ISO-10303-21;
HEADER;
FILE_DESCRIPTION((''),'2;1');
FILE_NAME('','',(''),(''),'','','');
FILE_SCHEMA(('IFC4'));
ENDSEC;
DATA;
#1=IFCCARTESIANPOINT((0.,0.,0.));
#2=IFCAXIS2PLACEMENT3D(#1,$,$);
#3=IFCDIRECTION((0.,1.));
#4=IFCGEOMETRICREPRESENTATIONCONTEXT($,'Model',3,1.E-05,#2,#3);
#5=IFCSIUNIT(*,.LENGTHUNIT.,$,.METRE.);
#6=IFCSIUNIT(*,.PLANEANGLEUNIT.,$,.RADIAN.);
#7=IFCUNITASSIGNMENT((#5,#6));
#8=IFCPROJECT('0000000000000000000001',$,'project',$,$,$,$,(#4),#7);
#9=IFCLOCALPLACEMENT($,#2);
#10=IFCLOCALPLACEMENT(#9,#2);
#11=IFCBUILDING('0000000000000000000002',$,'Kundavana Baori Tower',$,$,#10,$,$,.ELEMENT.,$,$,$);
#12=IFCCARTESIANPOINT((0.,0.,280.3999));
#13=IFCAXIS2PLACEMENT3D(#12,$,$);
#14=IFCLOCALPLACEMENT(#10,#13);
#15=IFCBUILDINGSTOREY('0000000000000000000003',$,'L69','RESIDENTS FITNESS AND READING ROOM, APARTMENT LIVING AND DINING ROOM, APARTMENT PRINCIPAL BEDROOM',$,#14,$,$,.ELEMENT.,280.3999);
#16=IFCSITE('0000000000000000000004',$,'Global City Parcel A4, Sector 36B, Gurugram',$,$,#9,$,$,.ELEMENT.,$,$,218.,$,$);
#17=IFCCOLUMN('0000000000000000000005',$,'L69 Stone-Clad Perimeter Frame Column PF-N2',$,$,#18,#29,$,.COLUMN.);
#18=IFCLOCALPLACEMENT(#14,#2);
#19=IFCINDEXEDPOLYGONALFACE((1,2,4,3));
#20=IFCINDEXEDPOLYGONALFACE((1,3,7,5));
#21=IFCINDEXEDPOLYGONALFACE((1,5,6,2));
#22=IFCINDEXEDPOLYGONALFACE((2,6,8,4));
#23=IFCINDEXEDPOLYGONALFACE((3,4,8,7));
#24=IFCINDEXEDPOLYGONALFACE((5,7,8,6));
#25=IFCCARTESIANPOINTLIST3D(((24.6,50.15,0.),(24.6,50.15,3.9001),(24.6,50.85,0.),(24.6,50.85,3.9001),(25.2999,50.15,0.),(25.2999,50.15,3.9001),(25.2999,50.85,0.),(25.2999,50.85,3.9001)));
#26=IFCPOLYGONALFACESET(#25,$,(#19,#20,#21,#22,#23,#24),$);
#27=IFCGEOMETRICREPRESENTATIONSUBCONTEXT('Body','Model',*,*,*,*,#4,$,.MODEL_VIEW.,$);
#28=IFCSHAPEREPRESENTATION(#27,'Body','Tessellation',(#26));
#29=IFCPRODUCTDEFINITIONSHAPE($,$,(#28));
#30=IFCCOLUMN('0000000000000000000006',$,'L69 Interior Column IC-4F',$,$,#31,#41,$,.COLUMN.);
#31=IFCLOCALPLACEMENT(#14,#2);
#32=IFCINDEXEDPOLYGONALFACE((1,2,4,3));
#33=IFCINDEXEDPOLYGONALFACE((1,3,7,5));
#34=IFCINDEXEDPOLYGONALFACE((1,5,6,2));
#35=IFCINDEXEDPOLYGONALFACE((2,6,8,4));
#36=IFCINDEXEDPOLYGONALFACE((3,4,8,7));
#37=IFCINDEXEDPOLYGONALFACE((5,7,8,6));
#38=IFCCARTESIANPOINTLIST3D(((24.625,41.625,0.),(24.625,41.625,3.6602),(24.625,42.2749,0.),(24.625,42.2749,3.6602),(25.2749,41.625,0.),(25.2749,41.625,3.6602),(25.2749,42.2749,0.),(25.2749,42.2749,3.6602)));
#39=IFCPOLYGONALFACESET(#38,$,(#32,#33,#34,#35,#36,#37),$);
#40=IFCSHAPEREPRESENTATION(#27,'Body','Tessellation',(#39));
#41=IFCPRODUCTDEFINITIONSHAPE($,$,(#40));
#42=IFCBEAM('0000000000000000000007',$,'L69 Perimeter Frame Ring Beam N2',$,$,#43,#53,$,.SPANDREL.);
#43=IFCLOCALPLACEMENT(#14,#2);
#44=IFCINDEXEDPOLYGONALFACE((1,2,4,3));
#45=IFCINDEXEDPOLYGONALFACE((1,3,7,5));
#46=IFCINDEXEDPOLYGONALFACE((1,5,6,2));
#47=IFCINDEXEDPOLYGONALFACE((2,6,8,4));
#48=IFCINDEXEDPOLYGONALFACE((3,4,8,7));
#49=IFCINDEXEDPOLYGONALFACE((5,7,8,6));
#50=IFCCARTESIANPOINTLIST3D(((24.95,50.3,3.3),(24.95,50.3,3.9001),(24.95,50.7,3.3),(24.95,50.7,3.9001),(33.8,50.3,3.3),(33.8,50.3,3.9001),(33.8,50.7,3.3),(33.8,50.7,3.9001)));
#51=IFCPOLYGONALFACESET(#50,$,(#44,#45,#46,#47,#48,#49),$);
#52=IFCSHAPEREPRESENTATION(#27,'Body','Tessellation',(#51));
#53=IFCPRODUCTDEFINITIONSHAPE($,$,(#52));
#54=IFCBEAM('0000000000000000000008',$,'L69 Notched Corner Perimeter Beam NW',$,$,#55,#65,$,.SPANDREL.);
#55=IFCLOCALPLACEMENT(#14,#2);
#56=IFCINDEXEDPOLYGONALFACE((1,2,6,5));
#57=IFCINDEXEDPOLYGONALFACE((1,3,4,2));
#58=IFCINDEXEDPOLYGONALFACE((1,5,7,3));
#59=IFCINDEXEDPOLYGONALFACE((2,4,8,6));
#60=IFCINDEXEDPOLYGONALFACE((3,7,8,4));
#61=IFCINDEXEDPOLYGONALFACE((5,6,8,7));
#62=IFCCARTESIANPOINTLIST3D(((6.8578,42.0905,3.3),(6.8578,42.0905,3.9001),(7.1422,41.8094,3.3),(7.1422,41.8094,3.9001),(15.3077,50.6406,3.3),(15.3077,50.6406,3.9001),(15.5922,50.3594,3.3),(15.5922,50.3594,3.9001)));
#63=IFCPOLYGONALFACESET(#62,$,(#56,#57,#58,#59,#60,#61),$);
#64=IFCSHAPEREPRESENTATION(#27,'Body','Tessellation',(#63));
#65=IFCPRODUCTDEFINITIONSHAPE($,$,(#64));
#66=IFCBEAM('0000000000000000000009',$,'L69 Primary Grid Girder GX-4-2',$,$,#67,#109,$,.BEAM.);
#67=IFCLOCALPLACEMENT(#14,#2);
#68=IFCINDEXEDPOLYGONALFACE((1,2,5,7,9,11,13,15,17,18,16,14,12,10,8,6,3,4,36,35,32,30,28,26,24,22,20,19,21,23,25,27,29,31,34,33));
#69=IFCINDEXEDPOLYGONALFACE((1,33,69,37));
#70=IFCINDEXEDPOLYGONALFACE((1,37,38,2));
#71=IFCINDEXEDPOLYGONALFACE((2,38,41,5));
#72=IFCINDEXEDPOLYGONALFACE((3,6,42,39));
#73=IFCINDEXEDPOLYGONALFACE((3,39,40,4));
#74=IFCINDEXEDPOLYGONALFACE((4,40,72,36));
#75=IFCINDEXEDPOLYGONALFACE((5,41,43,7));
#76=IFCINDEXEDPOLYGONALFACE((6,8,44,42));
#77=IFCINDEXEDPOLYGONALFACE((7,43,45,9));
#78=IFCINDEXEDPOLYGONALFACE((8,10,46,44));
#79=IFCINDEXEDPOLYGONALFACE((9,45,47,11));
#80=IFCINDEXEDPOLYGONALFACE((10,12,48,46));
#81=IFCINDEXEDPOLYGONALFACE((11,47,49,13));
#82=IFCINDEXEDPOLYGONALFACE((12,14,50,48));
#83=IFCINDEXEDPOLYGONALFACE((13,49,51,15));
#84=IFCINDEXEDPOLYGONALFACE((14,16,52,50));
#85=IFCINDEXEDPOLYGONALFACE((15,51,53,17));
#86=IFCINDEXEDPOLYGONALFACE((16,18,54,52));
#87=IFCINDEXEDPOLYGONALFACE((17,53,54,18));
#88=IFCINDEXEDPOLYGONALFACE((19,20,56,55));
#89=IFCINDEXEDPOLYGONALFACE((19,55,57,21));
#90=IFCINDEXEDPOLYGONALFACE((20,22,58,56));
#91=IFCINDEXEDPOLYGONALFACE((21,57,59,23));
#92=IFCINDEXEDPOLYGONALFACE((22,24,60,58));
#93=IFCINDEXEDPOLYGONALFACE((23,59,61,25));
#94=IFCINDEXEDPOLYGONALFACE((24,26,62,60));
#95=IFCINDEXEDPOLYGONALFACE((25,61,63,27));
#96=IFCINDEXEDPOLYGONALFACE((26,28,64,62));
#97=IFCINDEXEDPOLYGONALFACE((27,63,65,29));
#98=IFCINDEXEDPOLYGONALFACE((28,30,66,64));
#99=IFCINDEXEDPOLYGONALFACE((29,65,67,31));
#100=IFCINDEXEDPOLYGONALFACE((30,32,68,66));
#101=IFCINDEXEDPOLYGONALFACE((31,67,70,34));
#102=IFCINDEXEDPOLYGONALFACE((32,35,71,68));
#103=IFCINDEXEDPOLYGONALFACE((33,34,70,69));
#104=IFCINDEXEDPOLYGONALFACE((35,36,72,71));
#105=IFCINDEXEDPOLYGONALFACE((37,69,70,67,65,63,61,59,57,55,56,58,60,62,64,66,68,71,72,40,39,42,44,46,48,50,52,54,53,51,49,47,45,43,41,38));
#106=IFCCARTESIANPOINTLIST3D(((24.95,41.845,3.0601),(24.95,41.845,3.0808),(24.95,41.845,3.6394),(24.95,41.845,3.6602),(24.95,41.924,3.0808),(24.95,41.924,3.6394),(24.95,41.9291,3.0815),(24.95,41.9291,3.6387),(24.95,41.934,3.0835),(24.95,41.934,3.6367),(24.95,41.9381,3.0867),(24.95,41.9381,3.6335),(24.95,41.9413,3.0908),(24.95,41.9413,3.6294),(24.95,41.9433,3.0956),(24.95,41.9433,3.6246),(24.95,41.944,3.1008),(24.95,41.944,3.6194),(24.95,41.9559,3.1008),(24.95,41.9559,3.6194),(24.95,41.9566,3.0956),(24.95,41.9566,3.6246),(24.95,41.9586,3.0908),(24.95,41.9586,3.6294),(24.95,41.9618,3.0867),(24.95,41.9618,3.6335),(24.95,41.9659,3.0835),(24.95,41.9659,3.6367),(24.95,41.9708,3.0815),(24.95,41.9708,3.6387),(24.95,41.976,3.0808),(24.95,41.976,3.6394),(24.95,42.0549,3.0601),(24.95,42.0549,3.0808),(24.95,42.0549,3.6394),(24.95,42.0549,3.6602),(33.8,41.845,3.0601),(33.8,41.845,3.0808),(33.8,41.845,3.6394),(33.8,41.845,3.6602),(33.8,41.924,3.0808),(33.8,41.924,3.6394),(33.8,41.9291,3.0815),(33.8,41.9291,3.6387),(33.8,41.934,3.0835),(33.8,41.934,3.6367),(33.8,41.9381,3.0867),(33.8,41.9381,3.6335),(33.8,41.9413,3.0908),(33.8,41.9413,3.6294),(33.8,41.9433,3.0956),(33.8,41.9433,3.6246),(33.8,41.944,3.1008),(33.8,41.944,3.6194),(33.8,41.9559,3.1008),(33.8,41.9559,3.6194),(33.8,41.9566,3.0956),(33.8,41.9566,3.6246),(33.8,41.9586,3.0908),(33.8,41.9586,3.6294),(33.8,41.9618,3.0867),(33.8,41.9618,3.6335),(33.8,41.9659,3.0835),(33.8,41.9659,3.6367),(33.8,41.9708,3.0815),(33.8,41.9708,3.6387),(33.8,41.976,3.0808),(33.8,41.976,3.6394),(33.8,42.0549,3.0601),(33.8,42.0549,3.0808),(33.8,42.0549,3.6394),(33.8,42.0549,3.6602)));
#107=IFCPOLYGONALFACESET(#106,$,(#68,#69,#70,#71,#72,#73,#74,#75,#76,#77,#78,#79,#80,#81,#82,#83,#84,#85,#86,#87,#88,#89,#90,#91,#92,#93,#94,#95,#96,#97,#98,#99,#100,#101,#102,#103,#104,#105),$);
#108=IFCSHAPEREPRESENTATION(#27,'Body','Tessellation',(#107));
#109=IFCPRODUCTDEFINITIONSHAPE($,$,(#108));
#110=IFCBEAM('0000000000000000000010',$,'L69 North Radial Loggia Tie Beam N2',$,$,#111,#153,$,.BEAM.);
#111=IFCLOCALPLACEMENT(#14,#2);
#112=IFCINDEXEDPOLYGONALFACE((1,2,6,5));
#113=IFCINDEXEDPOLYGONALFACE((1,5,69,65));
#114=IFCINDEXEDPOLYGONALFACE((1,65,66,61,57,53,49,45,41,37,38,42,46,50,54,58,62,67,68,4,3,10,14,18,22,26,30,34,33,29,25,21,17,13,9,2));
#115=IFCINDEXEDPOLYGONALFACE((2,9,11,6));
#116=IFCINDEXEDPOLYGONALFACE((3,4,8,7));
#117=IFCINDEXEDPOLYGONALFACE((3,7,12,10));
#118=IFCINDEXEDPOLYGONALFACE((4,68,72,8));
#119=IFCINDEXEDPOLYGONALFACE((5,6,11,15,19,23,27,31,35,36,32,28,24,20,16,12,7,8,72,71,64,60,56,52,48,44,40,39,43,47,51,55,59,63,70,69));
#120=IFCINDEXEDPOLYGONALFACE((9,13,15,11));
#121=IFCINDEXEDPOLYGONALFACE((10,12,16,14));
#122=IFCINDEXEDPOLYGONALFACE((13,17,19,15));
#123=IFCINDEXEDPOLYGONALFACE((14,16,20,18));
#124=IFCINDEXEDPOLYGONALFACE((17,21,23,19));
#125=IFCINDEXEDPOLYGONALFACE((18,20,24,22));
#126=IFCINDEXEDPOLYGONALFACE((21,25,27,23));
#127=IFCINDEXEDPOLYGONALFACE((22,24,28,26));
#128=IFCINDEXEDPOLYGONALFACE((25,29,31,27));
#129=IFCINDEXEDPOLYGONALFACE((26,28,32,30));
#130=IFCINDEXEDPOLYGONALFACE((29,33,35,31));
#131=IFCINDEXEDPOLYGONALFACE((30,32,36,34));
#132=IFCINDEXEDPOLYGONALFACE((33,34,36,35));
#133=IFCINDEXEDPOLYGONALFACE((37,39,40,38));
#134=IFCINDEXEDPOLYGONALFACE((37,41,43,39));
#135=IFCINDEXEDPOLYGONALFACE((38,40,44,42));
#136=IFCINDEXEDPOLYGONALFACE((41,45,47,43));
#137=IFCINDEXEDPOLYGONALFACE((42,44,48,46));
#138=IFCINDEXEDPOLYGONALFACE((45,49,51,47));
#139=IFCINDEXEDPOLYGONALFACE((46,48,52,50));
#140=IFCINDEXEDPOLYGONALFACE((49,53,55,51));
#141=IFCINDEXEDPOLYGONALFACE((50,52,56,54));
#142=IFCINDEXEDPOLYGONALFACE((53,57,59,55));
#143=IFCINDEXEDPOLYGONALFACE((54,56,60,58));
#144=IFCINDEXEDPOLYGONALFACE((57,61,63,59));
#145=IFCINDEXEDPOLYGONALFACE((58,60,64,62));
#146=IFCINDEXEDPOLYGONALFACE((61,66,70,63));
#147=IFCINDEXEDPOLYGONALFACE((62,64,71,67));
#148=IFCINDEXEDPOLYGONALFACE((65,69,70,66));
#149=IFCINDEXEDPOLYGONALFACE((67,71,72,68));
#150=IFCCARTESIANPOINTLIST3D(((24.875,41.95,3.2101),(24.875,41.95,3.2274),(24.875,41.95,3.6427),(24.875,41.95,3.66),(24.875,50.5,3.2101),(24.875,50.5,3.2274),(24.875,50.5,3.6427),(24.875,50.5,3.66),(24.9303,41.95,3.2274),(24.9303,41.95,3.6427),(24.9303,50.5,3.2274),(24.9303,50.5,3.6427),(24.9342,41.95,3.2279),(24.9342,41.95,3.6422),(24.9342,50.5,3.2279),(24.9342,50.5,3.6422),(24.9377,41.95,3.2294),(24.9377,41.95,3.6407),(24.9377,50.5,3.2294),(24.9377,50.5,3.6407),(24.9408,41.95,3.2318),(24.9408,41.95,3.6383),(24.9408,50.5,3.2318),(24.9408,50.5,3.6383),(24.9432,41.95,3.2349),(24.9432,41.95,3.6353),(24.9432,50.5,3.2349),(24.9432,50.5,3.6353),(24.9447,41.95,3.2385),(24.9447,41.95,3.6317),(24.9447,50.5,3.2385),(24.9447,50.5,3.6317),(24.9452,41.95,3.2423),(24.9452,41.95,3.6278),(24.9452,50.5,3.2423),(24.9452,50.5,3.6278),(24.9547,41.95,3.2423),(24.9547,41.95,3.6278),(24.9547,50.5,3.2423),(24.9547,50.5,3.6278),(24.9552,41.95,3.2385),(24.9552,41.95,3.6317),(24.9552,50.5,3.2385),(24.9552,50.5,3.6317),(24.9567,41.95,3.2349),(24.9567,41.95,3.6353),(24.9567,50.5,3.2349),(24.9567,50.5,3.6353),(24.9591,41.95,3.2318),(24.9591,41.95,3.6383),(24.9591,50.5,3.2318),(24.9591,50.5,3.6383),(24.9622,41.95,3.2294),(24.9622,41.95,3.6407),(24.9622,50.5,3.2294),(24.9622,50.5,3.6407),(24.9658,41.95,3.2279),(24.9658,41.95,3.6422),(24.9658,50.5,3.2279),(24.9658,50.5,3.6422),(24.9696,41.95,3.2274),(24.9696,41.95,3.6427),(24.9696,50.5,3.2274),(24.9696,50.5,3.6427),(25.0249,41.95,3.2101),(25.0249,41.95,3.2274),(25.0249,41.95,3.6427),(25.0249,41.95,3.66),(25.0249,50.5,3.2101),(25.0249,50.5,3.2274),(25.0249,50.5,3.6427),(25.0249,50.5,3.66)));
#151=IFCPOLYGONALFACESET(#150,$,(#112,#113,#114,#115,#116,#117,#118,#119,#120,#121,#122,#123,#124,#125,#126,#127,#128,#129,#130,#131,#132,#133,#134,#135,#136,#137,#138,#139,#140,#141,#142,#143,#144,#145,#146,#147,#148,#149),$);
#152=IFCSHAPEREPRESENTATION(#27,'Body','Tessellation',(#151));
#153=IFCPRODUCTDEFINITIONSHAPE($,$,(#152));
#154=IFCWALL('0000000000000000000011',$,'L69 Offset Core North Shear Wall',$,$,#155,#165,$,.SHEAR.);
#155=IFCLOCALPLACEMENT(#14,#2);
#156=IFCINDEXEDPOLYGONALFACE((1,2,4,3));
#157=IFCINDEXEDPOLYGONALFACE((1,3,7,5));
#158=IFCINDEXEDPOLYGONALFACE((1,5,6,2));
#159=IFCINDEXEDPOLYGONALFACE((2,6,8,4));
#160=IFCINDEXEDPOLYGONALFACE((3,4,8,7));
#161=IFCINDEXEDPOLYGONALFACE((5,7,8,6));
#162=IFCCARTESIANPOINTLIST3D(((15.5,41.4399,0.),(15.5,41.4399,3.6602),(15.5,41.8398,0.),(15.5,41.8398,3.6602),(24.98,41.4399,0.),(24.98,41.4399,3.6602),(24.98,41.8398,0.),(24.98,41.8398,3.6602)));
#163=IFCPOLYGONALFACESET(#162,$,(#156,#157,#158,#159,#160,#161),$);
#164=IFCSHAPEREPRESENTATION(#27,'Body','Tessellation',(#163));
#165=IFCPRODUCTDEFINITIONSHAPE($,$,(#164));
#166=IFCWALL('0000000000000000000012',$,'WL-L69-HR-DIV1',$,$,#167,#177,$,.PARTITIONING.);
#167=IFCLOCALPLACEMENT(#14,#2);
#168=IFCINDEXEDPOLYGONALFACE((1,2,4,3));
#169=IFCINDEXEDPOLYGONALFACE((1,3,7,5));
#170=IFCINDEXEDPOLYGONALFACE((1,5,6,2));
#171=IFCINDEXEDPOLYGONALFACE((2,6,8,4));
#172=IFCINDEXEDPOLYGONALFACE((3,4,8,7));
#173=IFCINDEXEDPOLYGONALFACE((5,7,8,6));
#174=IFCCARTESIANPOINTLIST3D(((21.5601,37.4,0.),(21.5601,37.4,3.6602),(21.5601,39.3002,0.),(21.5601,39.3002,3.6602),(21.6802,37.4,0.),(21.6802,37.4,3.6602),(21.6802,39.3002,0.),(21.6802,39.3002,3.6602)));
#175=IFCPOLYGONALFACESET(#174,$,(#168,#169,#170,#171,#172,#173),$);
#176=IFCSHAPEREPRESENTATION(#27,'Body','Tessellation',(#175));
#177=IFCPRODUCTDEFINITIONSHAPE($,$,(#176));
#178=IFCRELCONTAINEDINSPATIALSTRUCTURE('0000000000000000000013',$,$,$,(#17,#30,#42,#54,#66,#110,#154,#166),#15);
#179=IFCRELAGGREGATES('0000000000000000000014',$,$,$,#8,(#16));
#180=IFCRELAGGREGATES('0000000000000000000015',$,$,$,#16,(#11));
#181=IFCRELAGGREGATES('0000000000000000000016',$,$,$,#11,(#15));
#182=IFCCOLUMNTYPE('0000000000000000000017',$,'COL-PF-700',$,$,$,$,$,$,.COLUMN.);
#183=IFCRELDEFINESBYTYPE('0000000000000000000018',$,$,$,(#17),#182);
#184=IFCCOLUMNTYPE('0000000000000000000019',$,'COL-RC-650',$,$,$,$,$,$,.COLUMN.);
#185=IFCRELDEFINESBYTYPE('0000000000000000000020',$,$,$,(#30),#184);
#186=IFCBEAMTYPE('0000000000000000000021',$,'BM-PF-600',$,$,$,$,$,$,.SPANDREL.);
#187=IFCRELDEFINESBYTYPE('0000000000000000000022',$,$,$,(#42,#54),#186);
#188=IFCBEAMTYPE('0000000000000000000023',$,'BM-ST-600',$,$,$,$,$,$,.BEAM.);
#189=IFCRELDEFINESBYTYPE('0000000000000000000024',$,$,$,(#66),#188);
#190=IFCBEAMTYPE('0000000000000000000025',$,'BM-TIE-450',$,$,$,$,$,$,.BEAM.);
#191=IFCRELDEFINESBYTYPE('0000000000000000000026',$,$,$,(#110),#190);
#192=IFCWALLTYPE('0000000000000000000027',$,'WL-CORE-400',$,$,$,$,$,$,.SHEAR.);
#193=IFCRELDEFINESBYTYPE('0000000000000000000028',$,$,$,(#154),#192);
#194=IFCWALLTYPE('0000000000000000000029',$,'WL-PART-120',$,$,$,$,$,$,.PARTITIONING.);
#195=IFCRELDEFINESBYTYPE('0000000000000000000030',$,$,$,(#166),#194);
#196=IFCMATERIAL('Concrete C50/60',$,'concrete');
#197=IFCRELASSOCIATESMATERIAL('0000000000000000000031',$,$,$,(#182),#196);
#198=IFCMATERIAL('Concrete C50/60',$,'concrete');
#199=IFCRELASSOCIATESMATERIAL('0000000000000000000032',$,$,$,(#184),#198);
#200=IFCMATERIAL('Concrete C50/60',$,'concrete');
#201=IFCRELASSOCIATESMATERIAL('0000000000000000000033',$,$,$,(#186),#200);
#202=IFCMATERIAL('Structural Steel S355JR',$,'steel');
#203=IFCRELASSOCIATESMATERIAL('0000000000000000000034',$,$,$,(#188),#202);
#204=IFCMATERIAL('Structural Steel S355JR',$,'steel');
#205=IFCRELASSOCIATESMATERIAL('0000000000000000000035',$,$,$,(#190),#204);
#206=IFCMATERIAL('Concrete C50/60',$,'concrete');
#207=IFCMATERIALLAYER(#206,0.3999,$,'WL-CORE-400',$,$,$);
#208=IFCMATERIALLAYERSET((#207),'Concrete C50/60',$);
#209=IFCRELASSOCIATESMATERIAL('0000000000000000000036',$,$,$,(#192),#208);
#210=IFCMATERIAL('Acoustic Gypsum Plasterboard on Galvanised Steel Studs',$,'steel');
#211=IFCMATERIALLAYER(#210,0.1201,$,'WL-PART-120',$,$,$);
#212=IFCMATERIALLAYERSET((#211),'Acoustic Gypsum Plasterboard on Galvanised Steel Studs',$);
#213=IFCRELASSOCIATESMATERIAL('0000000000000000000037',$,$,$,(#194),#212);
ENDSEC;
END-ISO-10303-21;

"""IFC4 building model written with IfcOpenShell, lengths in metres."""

from ifc_helpers import new_model, si_unit, direction, frame, frame_2d, origin, origin_2d, place, context, subcontext, project, spatial, rectangle, i_section, extrude, material, layer, layer_set, material_profile, profile_set, type_object, element, save


model = new_model("IFC4")

# Units and contexts
model_context = context("Model", 3, precision=1e-05, world=origin(), true_north=direction((0.0, 1.0)))
body_context = subcontext(model_context, "Body", "Model", "MODEL_VIEW")
ifc_project = project(units=[si_unit("LENGTHUNIT", "METRE"), si_unit("PLANEANGLEUNIT", "RADIAN")], contexts=[model_context])

# Site, building, storey
site_placement = place(None, origin())
site = spatial("IfcSite", under=ifc_project, at=site_placement, Name="Global City Parcel A4, Sector 36B, Gurugram", CompositionType="ELEMENT", RefElevation=218.0)
building_placement = place(site_placement, origin())
building = spatial("IfcBuilding", under=site, at=building_placement, Name="Kundavana Baori Tower", CompositionType="ELEMENT")
storey_placement = place(building_placement, frame((0.0, 0.0, 280.3999)))
storey = spatial("IfcBuildingStorey", under=building, at=storey_placement, Name="L69", Description="RESIDENTS FITNESS AND READING ROOM, APARTMENT LIVING AND DINING ROOM, APARTMENT PRINCIPAL BEDROOM", CompositionType="ELEMENT", Elevation=280.3999)

# Columns
ifc_material_1 = material(Name="Concrete C50/60", Category="concrete")
ifc_material_profile_1 = material_profile(ifc_material_1, rectangle(XDim=0.7, YDim=0.7, at=origin_2d()), Name="RC PF 700x700")
ifc_profile_set_1 = profile_set([ifc_material_profile_1], Name="Concrete C50/60")
column_type_1 = type_object("IfcColumnType", Name="COL-PF-700", PredefinedType="COLUMN", material=ifc_profile_set_1)
column_1_placement = place(storey_placement, frame((24.95, 50.5, 0.0), z_axis=(0.0, 0.0, 1.0), x_axis=(1.0, 0.0, 0.0)))
element("IfcColumn", 1, at=column_1_placement, inside=storey, type_object=column_type_1, Name="L69 Stone-Clad Perimeter Frame Column PF-N2", PredefinedType="COLUMN", context=body_context, shape_type="SweptSolid", body=[
    extrude(rectangle(XDim=0.7, YDim=0.7, at=origin_2d()), origin(), (0.0, 0.0, 1.0), 3.9001),
])
ifc_material_2 = material(Name="Concrete C50/60", Category="concrete")
ifc_material_profile_2 = material_profile(ifc_material_2, rectangle(XDim=0.6499, YDim=0.6499, at=origin_2d()), Name="RC 650x650")
ifc_profile_set_2 = profile_set([ifc_material_profile_2], Name="Concrete C50/60")
column_type_2 = type_object("IfcColumnType", Name="COL-RC-650", PredefinedType="COLUMN", material=ifc_profile_set_2)
column_2_placement = place(storey_placement, frame((24.95, 41.95, 0.0), z_axis=(0.0, 0.0, 1.0), x_axis=(1.0, 0.0, 0.0)))
element("IfcColumn", 2, at=column_2_placement, inside=storey, type_object=column_type_2, Name="L69 Interior Column IC-4F", PredefinedType="COLUMN", context=body_context, shape_type="SweptSolid", body=[
    extrude(rectangle(XDim=0.6499, YDim=0.6499, at=origin_2d()), origin(), (0.0, 0.0, 1.0), 3.6602),
])

# Beams
ifc_material_3 = material(Name="Concrete C50/60", Category="concrete")
ifc_material_profile_3 = material_profile(ifc_material_3, rectangle(XDim=0.3999, YDim=0.6001, at=origin_2d()), Name="RC BM 400x600")
ifc_profile_set_3 = profile_set([ifc_material_profile_3], Name="Concrete C50/60")
beam_type_1 = type_object("IfcBeamType", Name="BM-PF-600", PredefinedType="SPANDREL", material=ifc_profile_set_3)
beam_1_placement = place(storey_placement, frame((24.95, 50.5, 3.6001), z_axis=(1.0, 0.0, 0.0), x_axis=(0.0, 1.0, 0.0)))
element("IfcBeam", 3, at=beam_1_placement, inside=storey, type_object=beam_type_1, Name="L69 Perimeter Frame Ring Beam N2", PredefinedType="SPANDREL", context=body_context, shape_type="SweptSolid", body=[
    extrude(rectangle(XDim=0.3999, YDim=0.6001, at=origin_2d()), origin(), (0.0, 0.0, 1.0), 8.8501),
])
beam_2_placement = place(storey_placement, frame((15.45, 50.5, 3.6001), z_axis=(-0.702931, -0.711258, 0.0), x_axis=(0.711258, -0.702931, 0.0)))
element("IfcBeam", 4, at=beam_2_placement, inside=storey, type_object=beam_type_1, Name="L69 Notched Corner Perimeter Beam NW", PredefinedType="SPANDREL", context=body_context, shape_type="SweptSolid", body=[
    extrude(rectangle(XDim=0.3999, YDim=0.6001, at=origin_2d()), origin(), (0.0, 0.0, 1.0), 12.021),
])
ifc_material_4 = material(Name="Structural Steel S355JR", Category="steel")
ifc_material_profile_4 = material_profile(ifc_material_4, i_section(OverallWidth=0.21, OverallDepth=0.6001, WebThickness=0.012, FlangeThickness=0.0208, FilletRadius=0.02, at=origin_2d()), Name="ISMB 600")
ifc_profile_set_4 = profile_set([ifc_material_profile_4], Name="Structural Steel S355JR")
beam_type_2 = type_object("IfcBeamType", Name="BM-ST-600", PredefinedType="BEAM", material=ifc_profile_set_4)
beam_3_placement = place(storey_placement, frame((24.95, 41.95, 3.3601), z_axis=(1.0, 0.0, 0.0), x_axis=(0.0, 1.0, 0.0)))
element("IfcBeam", 5, at=beam_3_placement, inside=storey, type_object=beam_type_2, Name="L69 Primary Grid Girder GX-4-2", PredefinedType="BEAM", context=body_context, shape_type="SweptSolid", body=[
    extrude(i_section(OverallWidth=0.21, OverallDepth=0.6001, WebThickness=0.012, FlangeThickness=0.0208, FilletRadius=0.02, at=origin_2d()), origin(), (0.0, 0.0, 1.0), 8.8501),
])
ifc_material_5 = material(Name="Structural Steel S355JR", Category="steel")
ifc_material_profile_5 = material_profile(ifc_material_5, i_section(OverallWidth=0.1499, OverallDepth=0.45, WebThickness=0.0095, FlangeThickness=0.0173, FilletRadius=0.0149, at=origin_2d()), Name="ISMB 450")
ifc_profile_set_5 = profile_set([ifc_material_profile_5], Name="Structural Steel S355JR")
beam_type_3 = type_object("IfcBeamType", Name="BM-TIE-450", PredefinedType="BEAM", material=ifc_profile_set_5)
beam_4_placement = place(storey_placement, frame((24.95, 41.95, 3.4351), z_axis=(0.0, 1.0, 0.0), x_axis=(-1.0, 0.0, 0.0)))
element("IfcBeam", 6, at=beam_4_placement, inside=storey, type_object=beam_type_3, Name="L69 North Radial Loggia Tie Beam N2", PredefinedType="BEAM", context=body_context, shape_type="SweptSolid", body=[
    extrude(i_section(OverallWidth=0.1499, OverallDepth=0.45, WebThickness=0.0095, FlangeThickness=0.0173, FilletRadius=0.0149, at=origin_2d()), origin(), (0.0, 0.0, 1.0), 8.55),
])

# Walls
ifc_material_6 = material(Name="Concrete C50/60", Category="concrete")
ifc_layer_1 = layer(ifc_material_6, 0.3999, Name="WL-CORE-400")
ifc_layer_set_1 = layer_set([ifc_layer_1], Name="Concrete C50/60")
wall_type_1 = type_object("IfcWallType", Name="WL-CORE-400", PredefinedType="SHEAR", material=ifc_layer_set_1)
wall_1_placement = place(storey_placement, frame((15.5, 41.6399, 0.0), z_axis=(0.0, 0.0, 1.0), x_axis=(1.0, 0.0, 0.0)))
element("IfcWall", 7, at=wall_1_placement, inside=storey, type_object=wall_type_1, Name="L69 Offset Core North Shear Wall", PredefinedType="SHEAR", context=body_context, shape_type="SweptSolid", body=[
    extrude(rectangle(XDim=9.48, YDim=0.3999, at=frame_2d((4.74, 0.0))), origin(), (0.0, 0.0, 1.0), 3.6602),
])
ifc_material_7 = material(Name="Acoustic Gypsum Plasterboard on Galvanised Steel Studs", Category="steel")
ifc_layer_2 = layer(ifc_material_7, 0.1201, Name="WL-PART-120")
ifc_layer_set_2 = layer_set([ifc_layer_2], Name="Acoustic Gypsum Plasterboard on Galvanised Steel Studs")
wall_type_2 = type_object("IfcWallType", Name="WL-PART-120", PredefinedType="PARTITIONING", material=ifc_layer_set_2)
wall_2_placement = place(storey_placement, frame((21.6201, 37.3999, 0.0), z_axis=(0.0, 0.0, 1.0), x_axis=(0.0, 1.0, 0.0)))
element("IfcWall", 8, at=wall_2_placement, inside=storey, type_object=wall_type_2, Name="WL-L69-HR-DIV1", PredefinedType="PARTITIONING", context=body_context, shape_type="SweptSolid", body=[
    extrude(rectangle(XDim=1.9001, YDim=0.1201, at=frame_2d((0.9502, 0.0))), origin(), (0.0, 0.0, 1.0), 3.6602),
])

save(model, "model.ifc")
